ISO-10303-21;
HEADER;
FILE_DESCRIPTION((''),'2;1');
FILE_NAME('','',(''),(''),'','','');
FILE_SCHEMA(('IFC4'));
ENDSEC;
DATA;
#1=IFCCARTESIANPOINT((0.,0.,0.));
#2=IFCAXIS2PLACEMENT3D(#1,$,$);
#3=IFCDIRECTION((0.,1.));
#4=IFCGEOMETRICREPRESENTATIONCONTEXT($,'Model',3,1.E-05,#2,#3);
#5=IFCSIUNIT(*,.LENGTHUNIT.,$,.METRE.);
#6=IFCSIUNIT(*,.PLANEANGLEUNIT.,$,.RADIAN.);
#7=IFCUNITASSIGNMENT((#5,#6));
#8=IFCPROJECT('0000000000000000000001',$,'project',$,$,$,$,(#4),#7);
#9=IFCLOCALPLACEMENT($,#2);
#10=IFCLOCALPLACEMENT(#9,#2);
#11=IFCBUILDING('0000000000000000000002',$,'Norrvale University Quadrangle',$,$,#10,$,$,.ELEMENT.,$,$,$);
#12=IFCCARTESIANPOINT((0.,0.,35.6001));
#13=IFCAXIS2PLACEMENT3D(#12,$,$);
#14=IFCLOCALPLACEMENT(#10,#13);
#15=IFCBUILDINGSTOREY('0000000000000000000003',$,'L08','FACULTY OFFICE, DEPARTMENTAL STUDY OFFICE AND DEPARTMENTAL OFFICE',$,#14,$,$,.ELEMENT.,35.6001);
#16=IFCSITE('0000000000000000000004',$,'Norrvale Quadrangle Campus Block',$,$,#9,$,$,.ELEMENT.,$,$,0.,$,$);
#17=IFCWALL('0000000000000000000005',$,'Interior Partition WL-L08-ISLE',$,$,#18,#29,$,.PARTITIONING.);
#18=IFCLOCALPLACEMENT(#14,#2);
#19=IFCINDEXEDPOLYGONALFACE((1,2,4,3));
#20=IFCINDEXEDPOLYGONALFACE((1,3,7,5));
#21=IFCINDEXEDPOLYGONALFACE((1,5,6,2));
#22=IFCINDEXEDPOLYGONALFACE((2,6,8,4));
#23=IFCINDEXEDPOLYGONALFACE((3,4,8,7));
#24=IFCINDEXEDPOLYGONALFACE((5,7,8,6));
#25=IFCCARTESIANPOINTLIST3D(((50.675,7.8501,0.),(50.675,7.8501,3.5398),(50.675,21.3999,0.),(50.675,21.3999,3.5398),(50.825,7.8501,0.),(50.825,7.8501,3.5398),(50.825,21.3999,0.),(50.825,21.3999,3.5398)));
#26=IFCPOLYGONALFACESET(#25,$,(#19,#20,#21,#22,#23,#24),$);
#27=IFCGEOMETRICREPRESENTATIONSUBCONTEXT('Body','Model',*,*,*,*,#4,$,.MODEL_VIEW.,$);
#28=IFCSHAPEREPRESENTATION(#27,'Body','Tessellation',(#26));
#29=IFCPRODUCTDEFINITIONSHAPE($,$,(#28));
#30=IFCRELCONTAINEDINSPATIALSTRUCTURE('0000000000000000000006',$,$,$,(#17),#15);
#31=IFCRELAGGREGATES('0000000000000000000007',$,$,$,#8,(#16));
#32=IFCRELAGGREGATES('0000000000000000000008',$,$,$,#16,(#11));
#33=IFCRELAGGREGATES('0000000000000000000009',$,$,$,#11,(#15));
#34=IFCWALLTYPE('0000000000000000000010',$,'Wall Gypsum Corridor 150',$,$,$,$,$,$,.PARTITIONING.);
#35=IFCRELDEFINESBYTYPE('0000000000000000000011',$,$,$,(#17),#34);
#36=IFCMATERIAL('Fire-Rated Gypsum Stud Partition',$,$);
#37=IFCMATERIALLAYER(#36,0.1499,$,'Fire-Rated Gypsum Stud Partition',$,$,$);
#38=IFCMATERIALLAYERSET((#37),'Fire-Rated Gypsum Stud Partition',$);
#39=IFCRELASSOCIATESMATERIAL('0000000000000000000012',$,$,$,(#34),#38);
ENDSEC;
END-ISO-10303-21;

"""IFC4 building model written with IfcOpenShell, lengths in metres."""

from ifc_helpers import new_model, si_unit, direction, frame, frame_2d, origin, place, context, subcontext, project, spatial, rectangle, extrude, material, layer, layer_set, type_object, element, save


model = new_model("IFC4")

# Units and contexts
model_context = context("Model", 3, precision=1e-05, world=origin(), true_north=direction((0.0, 1.0)))
body_context = subcontext(model_context, "Body", "Model", "MODEL_VIEW")
ifc_project = project(units=[si_unit("LENGTHUNIT", "METRE"), si_unit("PLANEANGLEUNIT", "RADIAN")], contexts=[model_context])

# Site, building, storey
site_placement = place(None, origin())
site = spatial("IfcSite", under=ifc_project, at=site_placement, Name="Norrvale Quadrangle Campus Block", CompositionType="ELEMENT", RefElevation=0.0)
building_placement = place(site_placement, origin())
building = spatial("IfcBuilding", under=site, at=building_placement, Name="Norrvale University Quadrangle", CompositionType="ELEMENT")
storey_placement = place(building_placement, frame((0.0, 0.0, 35.6001)))
storey = spatial("IfcBuildingStorey", under=building, at=storey_placement, Name="L08", Description="FACULTY OFFICE, DEPARTMENTAL STUDY OFFICE AND DEPARTMENTAL OFFICE", CompositionType="ELEMENT", Elevation=35.6001)

# Shared definitions
ifc_material_1 = material(Name="Fire-Rated Gypsum Stud Partition")
ifc_layer_1 = layer(ifc_material_1, 0.1499, Name="Fire-Rated Gypsum Stud Partition")
ifc_layer_set_1 = layer_set([ifc_layer_1], Name="Fire-Rated Gypsum Stud Partition")
wall_type_1 = type_object("IfcWallType", Name="Wall Gypsum Corridor 150", PredefinedType="PARTITIONING", material=ifc_layer_set_1)

# Wall
wall_1_placement = place(storey_placement, frame((50.75, 7.8501, 0.0), z_axis=(0.0, 0.0, 1.0), x_axis=(0.0, 1.0, 0.0)))
element("IfcWall", 1, at=wall_1_placement, inside=storey, type_object=wall_type_1, Name="Interior Partition WL-L08-ISLE", PredefinedType="PARTITIONING", context=body_context, shape_type="SweptSolid", body=[
    extrude(rectangle(XDim=13.5498, YDim=0.1499, at=frame_2d((6.7749, 0.0))), origin(), (0.0, 0.0, 1.0), 3.5398),
])

save(model, "model.ifc")
